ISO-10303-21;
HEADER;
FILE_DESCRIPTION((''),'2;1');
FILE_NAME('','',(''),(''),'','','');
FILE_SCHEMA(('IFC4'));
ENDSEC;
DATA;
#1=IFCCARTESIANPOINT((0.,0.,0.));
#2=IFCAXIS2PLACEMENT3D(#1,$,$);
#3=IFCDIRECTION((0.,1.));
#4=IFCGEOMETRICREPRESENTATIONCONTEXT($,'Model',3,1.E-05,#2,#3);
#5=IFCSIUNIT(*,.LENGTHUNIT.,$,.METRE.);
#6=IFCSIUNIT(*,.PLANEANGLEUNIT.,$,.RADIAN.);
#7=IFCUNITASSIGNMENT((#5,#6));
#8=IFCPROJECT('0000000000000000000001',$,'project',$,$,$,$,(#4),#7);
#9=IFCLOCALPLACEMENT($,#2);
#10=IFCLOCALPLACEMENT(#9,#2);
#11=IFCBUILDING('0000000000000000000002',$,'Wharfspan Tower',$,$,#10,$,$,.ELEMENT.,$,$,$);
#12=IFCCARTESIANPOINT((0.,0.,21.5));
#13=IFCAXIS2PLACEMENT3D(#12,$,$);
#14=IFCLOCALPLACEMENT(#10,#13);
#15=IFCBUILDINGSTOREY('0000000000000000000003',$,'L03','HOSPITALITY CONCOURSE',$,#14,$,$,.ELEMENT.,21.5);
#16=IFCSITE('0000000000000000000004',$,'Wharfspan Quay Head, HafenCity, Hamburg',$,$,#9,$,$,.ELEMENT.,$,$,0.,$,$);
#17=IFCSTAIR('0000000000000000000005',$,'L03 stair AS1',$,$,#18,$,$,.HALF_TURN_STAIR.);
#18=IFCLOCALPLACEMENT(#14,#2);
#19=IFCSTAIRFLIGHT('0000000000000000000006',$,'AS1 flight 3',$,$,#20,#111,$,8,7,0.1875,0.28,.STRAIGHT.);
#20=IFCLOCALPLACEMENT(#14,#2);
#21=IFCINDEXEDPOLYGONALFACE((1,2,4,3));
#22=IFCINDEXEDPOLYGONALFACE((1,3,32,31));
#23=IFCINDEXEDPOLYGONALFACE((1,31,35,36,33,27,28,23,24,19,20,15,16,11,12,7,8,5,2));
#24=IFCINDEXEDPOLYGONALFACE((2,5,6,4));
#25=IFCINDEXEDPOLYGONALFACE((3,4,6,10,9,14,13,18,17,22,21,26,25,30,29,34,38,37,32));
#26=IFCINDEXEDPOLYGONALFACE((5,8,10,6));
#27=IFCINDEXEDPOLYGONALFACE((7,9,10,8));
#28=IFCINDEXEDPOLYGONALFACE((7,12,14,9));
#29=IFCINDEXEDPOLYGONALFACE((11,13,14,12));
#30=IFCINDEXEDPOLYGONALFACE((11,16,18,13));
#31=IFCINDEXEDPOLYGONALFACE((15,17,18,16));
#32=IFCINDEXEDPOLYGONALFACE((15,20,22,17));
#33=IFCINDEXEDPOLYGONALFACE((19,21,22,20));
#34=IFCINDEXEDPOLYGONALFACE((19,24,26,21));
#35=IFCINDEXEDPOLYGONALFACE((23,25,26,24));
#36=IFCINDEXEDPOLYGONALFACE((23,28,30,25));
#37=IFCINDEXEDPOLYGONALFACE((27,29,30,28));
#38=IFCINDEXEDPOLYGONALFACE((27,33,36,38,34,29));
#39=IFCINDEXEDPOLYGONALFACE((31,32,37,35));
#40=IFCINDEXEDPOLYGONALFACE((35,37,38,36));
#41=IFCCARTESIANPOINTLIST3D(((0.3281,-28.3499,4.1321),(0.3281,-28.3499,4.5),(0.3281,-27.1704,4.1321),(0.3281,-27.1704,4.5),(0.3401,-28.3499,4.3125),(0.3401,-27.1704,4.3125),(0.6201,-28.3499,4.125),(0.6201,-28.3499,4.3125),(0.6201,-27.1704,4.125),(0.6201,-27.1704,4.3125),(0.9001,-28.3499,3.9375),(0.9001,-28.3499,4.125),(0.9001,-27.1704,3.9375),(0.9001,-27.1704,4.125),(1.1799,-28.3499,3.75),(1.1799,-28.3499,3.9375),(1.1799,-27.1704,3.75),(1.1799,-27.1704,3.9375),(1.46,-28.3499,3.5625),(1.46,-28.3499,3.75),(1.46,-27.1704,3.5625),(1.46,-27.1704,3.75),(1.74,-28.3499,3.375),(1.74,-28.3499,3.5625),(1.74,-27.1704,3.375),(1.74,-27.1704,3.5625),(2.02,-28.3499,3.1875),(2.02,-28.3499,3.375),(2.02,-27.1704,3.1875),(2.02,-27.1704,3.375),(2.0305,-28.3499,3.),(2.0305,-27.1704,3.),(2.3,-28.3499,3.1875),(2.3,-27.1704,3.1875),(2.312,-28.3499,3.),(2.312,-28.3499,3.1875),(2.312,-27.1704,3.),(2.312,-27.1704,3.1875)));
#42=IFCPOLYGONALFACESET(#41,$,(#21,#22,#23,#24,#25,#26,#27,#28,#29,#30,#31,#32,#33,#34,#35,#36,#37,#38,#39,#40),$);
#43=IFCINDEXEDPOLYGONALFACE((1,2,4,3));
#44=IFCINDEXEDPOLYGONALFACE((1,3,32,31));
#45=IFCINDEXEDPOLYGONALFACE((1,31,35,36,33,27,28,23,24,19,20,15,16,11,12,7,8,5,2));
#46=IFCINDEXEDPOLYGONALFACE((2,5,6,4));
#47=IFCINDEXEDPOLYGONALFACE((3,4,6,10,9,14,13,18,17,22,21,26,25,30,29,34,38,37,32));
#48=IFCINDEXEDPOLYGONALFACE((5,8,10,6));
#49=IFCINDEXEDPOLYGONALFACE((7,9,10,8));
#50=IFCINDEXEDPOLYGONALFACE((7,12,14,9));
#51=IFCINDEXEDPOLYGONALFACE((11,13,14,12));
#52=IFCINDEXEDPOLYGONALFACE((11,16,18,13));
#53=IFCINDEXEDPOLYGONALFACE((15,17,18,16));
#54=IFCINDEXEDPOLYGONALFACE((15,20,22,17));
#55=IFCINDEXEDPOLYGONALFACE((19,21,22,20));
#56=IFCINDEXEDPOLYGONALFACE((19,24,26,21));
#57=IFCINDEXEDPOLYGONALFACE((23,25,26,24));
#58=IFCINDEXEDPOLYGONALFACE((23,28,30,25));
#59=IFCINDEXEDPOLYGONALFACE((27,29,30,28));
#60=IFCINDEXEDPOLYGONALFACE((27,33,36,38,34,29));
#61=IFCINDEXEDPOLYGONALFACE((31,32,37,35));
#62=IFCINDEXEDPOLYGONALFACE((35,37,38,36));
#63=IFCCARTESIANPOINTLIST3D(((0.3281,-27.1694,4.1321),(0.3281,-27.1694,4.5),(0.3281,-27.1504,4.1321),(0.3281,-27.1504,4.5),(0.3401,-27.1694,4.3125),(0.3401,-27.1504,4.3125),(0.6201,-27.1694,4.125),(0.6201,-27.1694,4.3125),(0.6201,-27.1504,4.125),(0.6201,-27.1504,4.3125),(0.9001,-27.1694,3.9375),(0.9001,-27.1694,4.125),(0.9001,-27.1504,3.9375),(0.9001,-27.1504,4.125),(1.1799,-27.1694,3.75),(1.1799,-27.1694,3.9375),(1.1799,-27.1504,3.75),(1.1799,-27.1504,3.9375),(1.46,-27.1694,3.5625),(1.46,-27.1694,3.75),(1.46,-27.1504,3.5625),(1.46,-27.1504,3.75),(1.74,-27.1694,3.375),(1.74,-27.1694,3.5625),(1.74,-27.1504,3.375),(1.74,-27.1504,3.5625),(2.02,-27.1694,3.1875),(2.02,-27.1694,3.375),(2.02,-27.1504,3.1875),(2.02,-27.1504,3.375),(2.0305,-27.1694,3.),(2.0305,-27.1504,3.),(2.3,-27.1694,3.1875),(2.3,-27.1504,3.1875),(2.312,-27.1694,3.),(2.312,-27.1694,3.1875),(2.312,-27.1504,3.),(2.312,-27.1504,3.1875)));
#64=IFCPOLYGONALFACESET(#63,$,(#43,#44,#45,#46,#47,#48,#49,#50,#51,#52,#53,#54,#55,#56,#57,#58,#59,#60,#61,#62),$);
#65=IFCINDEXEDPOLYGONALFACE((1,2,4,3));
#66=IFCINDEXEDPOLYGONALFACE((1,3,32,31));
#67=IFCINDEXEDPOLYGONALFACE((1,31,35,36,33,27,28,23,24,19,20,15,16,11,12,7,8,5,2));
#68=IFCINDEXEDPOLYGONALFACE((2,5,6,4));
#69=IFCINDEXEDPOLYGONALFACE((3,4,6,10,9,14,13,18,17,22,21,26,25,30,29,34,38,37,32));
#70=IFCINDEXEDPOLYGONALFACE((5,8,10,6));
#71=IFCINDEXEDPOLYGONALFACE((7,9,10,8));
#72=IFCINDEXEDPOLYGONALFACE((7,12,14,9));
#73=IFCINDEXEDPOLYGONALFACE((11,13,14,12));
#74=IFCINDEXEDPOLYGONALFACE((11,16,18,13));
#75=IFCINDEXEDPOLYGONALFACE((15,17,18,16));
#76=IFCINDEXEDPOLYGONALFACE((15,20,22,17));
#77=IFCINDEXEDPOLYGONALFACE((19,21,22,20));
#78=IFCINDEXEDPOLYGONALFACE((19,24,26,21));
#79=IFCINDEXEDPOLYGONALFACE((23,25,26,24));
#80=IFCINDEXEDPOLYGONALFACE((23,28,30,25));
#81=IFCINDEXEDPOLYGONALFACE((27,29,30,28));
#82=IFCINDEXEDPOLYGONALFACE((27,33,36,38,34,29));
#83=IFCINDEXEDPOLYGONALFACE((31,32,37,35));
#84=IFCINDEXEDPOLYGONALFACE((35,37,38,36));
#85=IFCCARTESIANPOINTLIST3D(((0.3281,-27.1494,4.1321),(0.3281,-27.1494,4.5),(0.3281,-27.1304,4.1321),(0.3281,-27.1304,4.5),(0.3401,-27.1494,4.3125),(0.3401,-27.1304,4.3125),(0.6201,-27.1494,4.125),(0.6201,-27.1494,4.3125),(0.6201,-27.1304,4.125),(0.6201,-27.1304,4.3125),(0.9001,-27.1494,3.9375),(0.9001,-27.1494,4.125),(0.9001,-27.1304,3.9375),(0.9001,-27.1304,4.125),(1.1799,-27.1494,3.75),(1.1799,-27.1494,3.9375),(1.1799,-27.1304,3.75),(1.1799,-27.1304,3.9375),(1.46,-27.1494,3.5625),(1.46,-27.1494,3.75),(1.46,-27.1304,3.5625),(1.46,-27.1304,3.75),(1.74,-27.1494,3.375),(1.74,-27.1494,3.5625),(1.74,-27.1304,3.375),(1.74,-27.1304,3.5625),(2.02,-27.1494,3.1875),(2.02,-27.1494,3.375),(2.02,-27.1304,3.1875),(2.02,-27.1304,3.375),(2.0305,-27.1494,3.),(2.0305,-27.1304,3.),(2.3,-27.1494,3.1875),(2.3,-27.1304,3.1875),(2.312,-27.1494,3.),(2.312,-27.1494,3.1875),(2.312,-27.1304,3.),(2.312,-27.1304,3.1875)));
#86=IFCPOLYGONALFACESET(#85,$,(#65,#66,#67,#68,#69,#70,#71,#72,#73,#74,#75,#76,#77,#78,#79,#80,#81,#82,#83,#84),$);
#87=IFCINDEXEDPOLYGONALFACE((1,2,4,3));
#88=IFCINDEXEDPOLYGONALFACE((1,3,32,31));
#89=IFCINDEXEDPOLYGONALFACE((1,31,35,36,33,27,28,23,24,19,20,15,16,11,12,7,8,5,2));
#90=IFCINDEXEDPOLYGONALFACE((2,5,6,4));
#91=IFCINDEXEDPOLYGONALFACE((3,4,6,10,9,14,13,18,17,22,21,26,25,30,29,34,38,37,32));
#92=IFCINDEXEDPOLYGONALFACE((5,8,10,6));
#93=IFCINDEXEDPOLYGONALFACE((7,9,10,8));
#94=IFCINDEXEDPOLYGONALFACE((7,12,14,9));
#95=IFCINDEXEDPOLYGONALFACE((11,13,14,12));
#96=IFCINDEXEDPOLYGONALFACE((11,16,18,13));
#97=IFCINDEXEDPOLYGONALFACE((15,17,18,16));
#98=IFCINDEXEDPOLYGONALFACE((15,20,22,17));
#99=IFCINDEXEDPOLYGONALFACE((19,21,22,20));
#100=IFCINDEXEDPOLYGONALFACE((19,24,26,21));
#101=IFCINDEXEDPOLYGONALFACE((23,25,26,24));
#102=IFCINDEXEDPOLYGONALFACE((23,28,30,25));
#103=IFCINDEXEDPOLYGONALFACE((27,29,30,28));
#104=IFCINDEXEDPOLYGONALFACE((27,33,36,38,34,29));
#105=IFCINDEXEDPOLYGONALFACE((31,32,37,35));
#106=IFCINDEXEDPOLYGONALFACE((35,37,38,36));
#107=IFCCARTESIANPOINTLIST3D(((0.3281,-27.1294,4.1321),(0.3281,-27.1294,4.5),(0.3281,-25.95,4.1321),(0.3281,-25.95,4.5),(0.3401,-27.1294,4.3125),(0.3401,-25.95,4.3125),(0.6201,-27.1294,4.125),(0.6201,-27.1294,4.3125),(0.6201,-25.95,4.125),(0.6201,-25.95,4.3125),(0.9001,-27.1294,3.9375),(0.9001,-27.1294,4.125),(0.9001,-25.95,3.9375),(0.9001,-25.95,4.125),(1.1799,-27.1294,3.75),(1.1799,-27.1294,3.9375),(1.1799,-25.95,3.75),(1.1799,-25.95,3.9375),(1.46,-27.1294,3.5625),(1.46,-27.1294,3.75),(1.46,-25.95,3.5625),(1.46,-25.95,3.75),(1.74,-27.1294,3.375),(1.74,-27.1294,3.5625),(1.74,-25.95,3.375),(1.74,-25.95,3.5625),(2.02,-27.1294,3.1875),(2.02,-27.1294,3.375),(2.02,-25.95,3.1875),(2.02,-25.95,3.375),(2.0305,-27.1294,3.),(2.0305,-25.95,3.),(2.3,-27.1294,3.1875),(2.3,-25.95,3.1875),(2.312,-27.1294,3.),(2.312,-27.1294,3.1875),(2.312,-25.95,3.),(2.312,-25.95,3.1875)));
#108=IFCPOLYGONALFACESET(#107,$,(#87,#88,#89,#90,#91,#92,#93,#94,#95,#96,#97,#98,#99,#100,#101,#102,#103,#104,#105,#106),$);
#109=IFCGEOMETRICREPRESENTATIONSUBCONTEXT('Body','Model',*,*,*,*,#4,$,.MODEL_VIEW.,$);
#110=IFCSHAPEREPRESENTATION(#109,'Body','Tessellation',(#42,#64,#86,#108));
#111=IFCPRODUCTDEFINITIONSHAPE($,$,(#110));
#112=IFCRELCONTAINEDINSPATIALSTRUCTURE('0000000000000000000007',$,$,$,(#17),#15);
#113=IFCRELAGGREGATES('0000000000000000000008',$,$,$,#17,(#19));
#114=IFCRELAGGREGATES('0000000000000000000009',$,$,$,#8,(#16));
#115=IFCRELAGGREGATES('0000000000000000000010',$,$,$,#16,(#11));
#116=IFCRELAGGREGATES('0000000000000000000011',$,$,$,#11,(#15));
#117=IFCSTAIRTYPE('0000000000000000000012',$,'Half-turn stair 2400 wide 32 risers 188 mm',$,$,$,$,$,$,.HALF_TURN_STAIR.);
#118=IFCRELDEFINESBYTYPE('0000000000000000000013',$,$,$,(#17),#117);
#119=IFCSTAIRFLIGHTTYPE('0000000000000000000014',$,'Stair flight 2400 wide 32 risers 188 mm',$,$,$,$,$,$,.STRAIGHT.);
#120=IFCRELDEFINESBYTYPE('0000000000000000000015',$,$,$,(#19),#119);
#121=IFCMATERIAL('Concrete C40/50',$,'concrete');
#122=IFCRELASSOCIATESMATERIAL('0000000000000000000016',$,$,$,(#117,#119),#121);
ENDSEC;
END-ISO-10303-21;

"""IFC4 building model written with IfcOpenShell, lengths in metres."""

from ifc_helpers import new_model, si_unit, direction, frame, origin, place, context, subcontext, project, spatial, polyline, outline, extrude, material, type_object, element, aggregate, save


model = new_model("IFC4")

# Units and contexts
model_context = context("Model", 3, precision=1e-05, world=origin(), true_north=direction((0.0, 1.0)))
body_context = subcontext(model_context, "Body", "Model", "MODEL_VIEW")
ifc_project = project(units=[si_unit("LENGTHUNIT", "METRE"), si_unit("PLANEANGLEUNIT", "RADIAN")], contexts=[model_context])

# Site, building, storey
site_placement = place(None, origin())
site = spatial("IfcSite", under=ifc_project, at=site_placement, Name="Wharfspan Quay Head, HafenCity, Hamburg", CompositionType="ELEMENT", RefElevation=0.0)
building_placement = place(site_placement, origin())
building = spatial("IfcBuilding", under=site, at=building_placement, Name="Wharfspan Tower", CompositionType="ELEMENT")
storey_placement = place(building_placement, frame((0.0, 0.0, 21.5)))
storey = spatial("IfcBuildingStorey", under=building, at=storey_placement, Name="L03", Description="HOSPITALITY CONCOURSE", CompositionType="ELEMENT", Elevation=21.5)

# Shared definitions
ifc_material_1 = material(Name="Concrete C40/50", Category="concrete")
stair_type = type_object("IfcStairType", Name="Half-turn stair 2400 wide 32 risers 188 mm", PredefinedType="HALF_TURN_STAIR", material=ifc_material_1)

# Stair, stair flight
stair_1_placement = place(storey_placement, origin())
stair_1 = element("IfcStair", 1, at=stair_1_placement, inside=storey, type_object=stair_type, Name="L03 stair AS1", PredefinedType="HALF_TURN_STAIR")
stair_flight_type = type_object("IfcStairFlightType", Name="Stair flight 2400 wide 32 risers 188 mm", PredefinedType="STRAIGHT", material=ifc_material_1)
stair_flight_1_placement = place(storey_placement, frame((2.3, -27.1499, 3.0), z_axis=(0.0, 0.0, 1.0), x_axis=(-1.0, 0.0, 0.0)))
stair_flight_1 = element("IfcStairFlight", 2, at=stair_flight_1_placement, type_object=stair_flight_type, Name="AS1 flight 3", NumberOfRisers=8, NumberOfTreads=7, PredefinedType="STRAIGHT", RiserHeight=0.1875, TreadLength=0.28, context=body_context, shape_type="SweptSolid", body=[
    extrude(outline(polyline([(-0.012, 0.0), (-0.012, 0.1875), (0.0, 0.1875), (0.28, 0.1875), (0.28, 0.375), (0.5601, 0.375), (0.5601, 0.5625), (0.8401, 0.5625), (0.8401, 0.75), (1.1201, 0.75), (1.1201, 0.9375), (1.3999, 0.9375), (1.3999, 1.125), (1.6799, 1.125), (1.6799, 1.3125), (1.96, 1.3125), (1.9719, 1.5), (1.9719, 1.1321), (0.2695, 0.0), (-0.012, 0.0)])), frame((0.0, 1.2, 0.0), z_axis=(0.0, -1.0, 0.0), x_axis=(1.0, 0.0, 0.0)), (0.0, 0.0, 1.0), 1.1794),
    extrude(outline(polyline([(-0.012, 0.0), (-0.012, 0.1875), (0.0, 0.1875), (0.28, 0.1875), (0.28, 0.375), (0.5601, 0.375), (0.5601, 0.5625), (0.8401, 0.5625), (0.8401, 0.75), (1.1201, 0.75), (1.1201, 0.9375), (1.3999, 0.9375), (1.3999, 1.125), (1.6799, 1.125), (1.6799, 1.3125), (1.96, 1.3125), (1.9719, 1.5), (1.9719, 1.1321), (0.2695, 0.0), (-0.012, 0.0)])), frame((0.0, 0.0195, 0.0), z_axis=(0.0, -1.0, 0.0), x_axis=(1.0, 0.0, 0.0)), (0.0, 0.0, 1.0), 0.019),
    extrude(outline(polyline([(-0.012, 0.0), (-0.012, 0.1875), (0.0, 0.1875), (0.28, 0.1875), (0.28, 0.375), (0.5601, 0.375), (0.5601, 0.5625), (0.8401, 0.5625), (0.8401, 0.75), (1.1201, 0.75), (1.1201, 0.9375), (1.3999, 0.9375), (1.3999, 1.125), (1.6799, 1.125), (1.6799, 1.3125), (1.96, 1.3125), (1.9719, 1.5), (1.9719, 1.1321), (0.2695, 0.0), (-0.012, 0.0)])), frame((0.0, -0.0005, 0.0), z_axis=(0.0, -1.0, 0.0), x_axis=(1.0, 0.0, 0.0)), (0.0, 0.0, 1.0), 0.019),
    extrude(outline(polyline([(-0.012, 0.0), (-0.012, 0.1875), (0.0, 0.1875), (0.28, 0.1875), (0.28, 0.375), (0.5601, 0.375), (0.5601, 0.5625), (0.8401, 0.5625), (0.8401, 0.75), (1.1201, 0.75), (1.1201, 0.9375), (1.3999, 0.9375), (1.3999, 1.125), (1.6799, 1.125), (1.6799, 1.3125), (1.96, 1.3125), (1.9719, 1.5), (1.9719, 1.1321), (0.2695, 0.0), (-0.012, 0.0)])), frame((0.0, -0.0205, 0.0), z_axis=(0.0, -1.0, 0.0), x_axis=(1.0, 0.0, 0.0)), (0.0, 0.0, 1.0), 1.1794),
])
aggregate(stair_1, [stair_flight_1])

save(model, "model.ifc")
